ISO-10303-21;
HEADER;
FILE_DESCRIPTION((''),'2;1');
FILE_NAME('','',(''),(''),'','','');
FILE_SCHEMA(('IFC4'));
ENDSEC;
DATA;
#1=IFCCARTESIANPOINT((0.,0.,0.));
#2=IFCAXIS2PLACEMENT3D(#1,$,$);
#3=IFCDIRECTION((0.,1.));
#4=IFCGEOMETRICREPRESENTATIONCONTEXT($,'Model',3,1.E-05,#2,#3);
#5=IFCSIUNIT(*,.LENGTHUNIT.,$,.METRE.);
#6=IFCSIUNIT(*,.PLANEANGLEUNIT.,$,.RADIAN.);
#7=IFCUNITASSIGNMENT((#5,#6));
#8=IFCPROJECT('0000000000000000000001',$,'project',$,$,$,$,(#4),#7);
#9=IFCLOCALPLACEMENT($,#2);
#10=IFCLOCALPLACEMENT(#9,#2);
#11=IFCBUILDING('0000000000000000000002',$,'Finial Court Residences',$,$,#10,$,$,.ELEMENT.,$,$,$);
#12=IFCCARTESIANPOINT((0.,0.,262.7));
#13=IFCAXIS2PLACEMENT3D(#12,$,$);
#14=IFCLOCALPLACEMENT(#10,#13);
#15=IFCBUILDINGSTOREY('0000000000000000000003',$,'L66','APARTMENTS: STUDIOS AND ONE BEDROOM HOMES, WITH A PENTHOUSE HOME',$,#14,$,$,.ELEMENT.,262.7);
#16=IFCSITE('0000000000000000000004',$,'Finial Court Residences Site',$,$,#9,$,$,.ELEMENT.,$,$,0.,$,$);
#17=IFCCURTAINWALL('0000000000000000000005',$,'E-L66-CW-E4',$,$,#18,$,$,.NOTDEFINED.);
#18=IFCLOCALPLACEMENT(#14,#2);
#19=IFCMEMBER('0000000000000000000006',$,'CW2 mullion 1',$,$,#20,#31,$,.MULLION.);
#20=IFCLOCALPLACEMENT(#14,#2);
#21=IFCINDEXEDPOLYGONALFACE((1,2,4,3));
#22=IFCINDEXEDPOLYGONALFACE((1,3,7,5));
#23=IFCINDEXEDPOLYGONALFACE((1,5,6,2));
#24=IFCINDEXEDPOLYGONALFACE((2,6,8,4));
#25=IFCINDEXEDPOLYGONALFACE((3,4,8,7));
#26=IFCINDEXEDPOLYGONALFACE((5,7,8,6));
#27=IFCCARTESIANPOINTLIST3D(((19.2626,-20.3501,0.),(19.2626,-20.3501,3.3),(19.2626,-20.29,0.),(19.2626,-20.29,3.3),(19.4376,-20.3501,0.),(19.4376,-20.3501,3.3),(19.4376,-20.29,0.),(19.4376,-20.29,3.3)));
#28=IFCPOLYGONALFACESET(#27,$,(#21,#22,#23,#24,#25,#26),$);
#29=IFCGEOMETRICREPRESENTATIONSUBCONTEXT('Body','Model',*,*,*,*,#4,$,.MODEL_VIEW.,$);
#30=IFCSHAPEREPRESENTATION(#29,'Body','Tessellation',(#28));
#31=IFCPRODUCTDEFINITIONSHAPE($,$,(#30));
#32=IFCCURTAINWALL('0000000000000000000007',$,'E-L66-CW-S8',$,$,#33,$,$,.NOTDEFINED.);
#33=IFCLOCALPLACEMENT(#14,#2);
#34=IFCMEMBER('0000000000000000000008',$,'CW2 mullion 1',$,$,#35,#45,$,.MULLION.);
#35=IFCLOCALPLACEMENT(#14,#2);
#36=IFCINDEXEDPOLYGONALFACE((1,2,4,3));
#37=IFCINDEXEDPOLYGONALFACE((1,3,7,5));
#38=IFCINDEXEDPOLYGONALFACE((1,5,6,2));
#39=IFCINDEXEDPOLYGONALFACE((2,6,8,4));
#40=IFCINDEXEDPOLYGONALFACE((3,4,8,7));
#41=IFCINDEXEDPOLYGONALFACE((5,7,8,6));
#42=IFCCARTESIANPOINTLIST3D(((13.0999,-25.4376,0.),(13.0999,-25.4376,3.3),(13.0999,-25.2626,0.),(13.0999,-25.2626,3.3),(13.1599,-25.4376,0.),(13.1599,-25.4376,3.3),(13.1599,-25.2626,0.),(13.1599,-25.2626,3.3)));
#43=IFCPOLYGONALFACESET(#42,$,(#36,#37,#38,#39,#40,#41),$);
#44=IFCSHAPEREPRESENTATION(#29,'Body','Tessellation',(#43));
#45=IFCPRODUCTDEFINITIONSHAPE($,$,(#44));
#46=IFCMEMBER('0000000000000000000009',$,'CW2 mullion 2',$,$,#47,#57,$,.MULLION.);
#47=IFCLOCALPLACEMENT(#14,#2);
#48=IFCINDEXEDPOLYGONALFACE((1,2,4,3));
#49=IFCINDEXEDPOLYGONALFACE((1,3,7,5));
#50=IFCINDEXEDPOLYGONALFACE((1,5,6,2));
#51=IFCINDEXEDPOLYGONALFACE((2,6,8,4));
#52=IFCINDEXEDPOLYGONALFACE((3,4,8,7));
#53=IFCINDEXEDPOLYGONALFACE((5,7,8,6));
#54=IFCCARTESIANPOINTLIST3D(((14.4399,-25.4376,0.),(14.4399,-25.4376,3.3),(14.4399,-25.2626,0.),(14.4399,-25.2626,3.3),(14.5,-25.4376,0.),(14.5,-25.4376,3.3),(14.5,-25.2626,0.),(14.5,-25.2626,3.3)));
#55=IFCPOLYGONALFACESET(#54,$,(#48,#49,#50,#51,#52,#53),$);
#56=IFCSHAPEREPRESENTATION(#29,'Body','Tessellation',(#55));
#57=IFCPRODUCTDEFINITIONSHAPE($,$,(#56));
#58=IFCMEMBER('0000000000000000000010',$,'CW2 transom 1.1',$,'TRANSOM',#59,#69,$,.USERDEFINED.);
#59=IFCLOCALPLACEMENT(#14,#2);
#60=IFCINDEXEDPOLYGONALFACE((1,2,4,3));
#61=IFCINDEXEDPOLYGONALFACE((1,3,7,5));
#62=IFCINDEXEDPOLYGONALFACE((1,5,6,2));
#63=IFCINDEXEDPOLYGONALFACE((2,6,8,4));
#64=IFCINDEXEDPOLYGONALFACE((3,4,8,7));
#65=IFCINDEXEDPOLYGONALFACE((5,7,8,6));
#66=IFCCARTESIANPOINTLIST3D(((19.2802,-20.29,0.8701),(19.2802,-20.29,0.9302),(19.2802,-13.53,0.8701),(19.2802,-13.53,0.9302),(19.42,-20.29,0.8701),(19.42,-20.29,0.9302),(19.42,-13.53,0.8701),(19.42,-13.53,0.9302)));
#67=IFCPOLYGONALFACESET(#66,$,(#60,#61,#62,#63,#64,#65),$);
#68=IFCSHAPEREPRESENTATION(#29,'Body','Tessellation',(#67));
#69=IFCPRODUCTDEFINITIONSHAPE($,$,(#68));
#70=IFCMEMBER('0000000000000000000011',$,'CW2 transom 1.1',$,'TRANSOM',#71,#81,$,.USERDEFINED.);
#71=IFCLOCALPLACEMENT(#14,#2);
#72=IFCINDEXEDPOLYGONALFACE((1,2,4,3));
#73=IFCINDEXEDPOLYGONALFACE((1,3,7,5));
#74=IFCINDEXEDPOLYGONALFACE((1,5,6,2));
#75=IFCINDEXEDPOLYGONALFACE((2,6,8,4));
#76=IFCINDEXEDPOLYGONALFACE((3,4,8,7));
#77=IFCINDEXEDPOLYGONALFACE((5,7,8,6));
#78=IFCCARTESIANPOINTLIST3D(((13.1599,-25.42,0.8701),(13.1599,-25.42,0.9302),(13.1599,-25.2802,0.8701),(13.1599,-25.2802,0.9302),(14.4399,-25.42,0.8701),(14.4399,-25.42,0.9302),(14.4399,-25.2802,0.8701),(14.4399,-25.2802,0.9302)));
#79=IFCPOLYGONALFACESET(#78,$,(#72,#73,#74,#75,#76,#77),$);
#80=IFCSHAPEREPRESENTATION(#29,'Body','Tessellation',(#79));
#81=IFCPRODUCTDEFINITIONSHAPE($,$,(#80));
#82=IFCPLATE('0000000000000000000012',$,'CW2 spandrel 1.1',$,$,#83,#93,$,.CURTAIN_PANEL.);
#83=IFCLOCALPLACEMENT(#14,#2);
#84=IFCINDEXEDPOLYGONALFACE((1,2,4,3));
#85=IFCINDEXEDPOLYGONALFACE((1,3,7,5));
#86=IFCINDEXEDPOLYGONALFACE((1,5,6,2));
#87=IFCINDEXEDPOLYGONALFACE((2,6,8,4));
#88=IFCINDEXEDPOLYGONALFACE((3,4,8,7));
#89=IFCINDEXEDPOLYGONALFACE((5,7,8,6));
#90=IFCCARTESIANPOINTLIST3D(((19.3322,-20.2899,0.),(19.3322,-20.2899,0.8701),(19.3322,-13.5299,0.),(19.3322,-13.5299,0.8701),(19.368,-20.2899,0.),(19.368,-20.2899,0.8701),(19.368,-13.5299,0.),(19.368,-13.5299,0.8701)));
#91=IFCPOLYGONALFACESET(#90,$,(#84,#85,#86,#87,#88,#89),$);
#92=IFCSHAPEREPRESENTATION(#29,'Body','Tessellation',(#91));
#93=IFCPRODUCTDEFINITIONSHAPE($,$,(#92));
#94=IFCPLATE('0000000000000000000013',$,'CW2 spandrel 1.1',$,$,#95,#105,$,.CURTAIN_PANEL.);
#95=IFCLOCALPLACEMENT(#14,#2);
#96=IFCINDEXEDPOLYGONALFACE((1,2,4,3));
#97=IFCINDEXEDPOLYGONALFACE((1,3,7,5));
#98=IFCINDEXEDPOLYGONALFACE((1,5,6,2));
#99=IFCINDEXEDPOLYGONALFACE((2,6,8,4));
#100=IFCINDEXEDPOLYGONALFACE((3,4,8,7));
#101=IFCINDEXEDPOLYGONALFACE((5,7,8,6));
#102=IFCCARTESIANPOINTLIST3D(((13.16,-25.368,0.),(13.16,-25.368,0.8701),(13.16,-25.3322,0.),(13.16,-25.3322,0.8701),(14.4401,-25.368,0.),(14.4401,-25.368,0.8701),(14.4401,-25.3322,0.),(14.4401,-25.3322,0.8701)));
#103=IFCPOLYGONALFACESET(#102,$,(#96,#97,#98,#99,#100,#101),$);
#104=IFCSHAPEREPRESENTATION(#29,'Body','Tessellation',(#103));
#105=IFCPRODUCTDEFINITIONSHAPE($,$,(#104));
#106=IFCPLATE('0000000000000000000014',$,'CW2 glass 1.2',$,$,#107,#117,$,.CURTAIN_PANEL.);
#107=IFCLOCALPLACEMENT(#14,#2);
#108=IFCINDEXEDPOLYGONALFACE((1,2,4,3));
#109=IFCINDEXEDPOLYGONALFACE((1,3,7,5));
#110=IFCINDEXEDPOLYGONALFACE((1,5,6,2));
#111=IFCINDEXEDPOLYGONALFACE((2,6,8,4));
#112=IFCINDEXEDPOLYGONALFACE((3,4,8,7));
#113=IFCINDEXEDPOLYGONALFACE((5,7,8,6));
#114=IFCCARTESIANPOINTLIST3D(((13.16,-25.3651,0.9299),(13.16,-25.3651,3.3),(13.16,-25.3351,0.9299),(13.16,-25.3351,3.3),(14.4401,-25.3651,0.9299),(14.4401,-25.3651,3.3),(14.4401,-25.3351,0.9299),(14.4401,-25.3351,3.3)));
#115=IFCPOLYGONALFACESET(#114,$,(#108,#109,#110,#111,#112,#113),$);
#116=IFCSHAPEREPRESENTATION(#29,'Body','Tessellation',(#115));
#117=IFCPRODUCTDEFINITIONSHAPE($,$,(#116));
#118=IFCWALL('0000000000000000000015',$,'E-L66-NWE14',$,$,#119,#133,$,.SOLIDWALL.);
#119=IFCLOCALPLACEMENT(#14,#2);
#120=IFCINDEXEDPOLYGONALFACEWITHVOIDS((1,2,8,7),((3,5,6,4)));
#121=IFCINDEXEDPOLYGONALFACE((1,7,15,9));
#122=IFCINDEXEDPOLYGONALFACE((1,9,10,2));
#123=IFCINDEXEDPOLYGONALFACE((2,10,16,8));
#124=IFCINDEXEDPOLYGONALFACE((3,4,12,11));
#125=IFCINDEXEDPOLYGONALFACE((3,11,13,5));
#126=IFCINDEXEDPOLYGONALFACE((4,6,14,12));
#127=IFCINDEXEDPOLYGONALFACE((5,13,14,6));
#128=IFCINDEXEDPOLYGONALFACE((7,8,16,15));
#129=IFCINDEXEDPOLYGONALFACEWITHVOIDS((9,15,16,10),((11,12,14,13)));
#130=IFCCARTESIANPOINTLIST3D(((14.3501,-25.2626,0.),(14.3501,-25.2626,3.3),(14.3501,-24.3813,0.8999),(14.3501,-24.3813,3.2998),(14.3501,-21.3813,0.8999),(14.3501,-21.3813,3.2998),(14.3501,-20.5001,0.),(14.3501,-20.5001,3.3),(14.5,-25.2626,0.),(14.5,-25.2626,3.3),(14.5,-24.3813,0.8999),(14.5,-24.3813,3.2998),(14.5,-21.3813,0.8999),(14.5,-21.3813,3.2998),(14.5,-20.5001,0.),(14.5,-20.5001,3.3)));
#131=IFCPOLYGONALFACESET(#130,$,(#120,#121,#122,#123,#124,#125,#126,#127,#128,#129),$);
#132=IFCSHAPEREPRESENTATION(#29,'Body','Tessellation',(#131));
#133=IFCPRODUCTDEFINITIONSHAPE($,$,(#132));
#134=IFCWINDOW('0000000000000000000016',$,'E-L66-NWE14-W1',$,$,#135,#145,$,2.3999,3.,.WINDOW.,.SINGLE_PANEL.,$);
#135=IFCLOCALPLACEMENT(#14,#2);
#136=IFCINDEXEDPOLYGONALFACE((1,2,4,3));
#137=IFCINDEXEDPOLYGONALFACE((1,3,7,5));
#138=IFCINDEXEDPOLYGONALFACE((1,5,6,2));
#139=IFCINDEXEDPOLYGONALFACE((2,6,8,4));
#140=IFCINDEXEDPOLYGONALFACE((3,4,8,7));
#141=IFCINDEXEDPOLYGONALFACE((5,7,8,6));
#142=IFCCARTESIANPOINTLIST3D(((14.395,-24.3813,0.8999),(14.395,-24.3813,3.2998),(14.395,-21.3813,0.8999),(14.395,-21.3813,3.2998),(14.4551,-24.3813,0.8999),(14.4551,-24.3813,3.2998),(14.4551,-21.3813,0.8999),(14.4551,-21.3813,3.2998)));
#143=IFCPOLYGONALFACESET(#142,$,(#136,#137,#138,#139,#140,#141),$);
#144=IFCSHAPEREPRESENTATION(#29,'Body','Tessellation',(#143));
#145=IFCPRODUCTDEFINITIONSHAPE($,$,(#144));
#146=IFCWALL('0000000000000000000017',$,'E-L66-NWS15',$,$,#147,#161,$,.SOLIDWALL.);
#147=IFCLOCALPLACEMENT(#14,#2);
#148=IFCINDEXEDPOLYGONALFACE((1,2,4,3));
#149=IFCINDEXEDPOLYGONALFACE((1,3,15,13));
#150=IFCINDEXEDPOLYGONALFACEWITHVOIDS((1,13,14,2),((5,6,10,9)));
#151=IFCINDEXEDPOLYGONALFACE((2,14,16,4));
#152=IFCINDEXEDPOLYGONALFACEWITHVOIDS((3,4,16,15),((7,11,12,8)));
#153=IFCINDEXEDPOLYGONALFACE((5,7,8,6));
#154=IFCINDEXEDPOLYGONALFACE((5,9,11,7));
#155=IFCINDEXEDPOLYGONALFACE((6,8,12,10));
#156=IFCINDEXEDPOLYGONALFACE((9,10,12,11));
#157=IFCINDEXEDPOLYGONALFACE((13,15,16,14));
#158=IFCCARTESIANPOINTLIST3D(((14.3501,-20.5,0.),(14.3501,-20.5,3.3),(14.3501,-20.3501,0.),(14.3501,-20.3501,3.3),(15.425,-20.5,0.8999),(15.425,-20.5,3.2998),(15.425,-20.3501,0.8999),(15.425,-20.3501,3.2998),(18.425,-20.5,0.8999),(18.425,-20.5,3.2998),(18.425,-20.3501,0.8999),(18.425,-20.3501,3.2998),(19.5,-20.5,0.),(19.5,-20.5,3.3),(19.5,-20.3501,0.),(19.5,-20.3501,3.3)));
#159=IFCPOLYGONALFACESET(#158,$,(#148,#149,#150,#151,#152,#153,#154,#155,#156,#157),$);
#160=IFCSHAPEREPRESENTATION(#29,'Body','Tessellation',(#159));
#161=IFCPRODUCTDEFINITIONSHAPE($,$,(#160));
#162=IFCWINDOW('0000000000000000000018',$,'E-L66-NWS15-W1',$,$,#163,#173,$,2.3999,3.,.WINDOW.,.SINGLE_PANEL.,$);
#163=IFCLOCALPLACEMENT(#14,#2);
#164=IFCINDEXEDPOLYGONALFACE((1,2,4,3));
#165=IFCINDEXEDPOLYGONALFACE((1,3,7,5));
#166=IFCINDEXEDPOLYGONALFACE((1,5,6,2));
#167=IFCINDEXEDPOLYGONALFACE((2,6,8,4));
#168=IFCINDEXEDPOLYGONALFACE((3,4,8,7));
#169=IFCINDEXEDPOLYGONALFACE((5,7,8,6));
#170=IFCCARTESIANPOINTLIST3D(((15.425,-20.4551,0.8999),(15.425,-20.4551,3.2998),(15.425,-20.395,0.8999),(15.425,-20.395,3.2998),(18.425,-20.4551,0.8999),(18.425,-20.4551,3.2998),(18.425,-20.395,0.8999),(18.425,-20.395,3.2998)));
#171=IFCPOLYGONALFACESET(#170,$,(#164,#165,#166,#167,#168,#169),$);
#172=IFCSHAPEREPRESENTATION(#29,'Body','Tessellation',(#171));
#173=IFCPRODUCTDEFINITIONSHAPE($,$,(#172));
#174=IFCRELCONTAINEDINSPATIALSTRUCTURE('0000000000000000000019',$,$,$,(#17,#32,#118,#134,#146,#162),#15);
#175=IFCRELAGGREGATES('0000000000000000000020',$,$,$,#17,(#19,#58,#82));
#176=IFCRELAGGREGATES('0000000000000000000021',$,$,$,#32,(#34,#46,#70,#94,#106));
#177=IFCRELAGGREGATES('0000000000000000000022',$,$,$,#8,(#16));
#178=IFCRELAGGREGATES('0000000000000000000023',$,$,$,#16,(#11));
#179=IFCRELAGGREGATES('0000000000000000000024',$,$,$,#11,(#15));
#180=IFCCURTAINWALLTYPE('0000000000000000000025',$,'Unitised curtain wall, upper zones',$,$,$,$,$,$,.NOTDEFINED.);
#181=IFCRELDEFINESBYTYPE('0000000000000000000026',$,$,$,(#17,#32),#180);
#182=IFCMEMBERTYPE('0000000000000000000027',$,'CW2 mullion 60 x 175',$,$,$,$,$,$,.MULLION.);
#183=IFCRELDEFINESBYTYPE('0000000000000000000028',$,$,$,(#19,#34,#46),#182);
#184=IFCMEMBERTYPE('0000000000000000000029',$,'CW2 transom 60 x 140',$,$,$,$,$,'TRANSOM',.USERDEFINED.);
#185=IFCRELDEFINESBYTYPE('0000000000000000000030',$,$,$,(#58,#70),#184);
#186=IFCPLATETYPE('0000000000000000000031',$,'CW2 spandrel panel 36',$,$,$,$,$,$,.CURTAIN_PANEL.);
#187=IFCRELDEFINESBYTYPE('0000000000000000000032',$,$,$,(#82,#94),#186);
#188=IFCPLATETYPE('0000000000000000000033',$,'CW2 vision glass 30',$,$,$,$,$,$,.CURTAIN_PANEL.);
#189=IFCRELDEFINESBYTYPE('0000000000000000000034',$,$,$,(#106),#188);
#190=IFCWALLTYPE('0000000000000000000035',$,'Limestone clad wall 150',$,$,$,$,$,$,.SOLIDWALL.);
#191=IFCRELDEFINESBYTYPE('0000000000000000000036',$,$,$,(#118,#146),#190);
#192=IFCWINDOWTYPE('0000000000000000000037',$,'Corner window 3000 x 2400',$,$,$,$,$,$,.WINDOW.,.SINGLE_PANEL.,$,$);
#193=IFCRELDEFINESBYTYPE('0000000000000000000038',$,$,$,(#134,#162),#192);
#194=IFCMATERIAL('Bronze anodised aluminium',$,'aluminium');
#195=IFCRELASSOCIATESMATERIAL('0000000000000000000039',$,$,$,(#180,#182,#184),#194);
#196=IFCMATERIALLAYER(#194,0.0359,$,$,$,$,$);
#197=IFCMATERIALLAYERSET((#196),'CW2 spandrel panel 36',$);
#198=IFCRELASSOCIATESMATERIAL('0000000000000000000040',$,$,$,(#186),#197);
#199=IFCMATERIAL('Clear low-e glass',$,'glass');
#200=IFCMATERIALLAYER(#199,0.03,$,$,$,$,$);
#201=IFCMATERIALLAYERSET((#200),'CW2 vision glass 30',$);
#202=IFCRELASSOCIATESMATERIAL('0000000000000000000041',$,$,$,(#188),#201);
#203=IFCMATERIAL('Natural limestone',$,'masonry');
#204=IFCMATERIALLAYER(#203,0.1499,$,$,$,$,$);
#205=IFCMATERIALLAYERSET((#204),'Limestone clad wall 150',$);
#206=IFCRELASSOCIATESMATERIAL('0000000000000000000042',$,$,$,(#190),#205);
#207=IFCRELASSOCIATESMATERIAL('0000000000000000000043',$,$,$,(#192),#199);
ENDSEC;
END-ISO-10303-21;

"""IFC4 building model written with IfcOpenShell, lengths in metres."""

from ifc_helpers import new_model, si_unit, direction, frame, frame_2d, origin, origin_2d, place, context, subcontext, project, spatial, rectangle, extrude, material, layer, layer_set, material_profile, profile_set, type_object, element, fill, aggregate, save


model = new_model("IFC4")

# Units and contexts
model_context = context("Model", 3, precision=1e-05, world=origin(), true_north=direction((0.0, 1.0)))
body_context = subcontext(model_context, "Body", "Model", "MODEL_VIEW")
ifc_project = project(units=[si_unit("LENGTHUNIT", "METRE"), si_unit("PLANEANGLEUNIT", "RADIAN")], contexts=[model_context])

# Site, building, storey
site_placement = place(None, origin())
site = spatial("IfcSite", under=ifc_project, at=site_placement, Name="Finial Court Residences Site", CompositionType="ELEMENT", RefElevation=0.0)
building_placement = place(site_placement, origin())
building = spatial("IfcBuilding", under=site, at=building_placement, Name="Finial Court Residences", CompositionType="ELEMENT")
storey_placement = place(building_placement, frame((0.0, 0.0, 262.7)))
storey = spatial("IfcBuildingStorey", under=building, at=storey_placement, Name="L66", Description="APARTMENTS: STUDIOS AND ONE BEDROOM HOMES, WITH A PENTHOUSE HOME", CompositionType="ELEMENT", Elevation=262.7)

# Curtain wall, member
ifc_material_1 = material(Name="Bronze anodised aluminium", Category="aluminium")
curtain_wall_type = type_object("IfcCurtainWallType", Name="Unitised curtain wall, upper zones", PredefinedType="NOTDEFINED", material=ifc_material_1)
curtain_wall_1_placement = place(storey_placement, origin())
curtain_wall_1 = element("IfcCurtainWall", 1, at=curtain_wall_1_placement, inside=storey, type_object=curtain_wall_type, Name="E-L66-CW-E4", PredefinedType="NOTDEFINED")
ifc_material_profile_1 = material_profile(ifc_material_1, rectangle(XDim=0.175, YDim=0.0601, at=origin_2d()), Name="CW2 mullion 60 x 175")
ifc_profile_set_1 = profile_set([ifc_material_profile_1], Name="Bronze anodised aluminium")
member_type_1 = type_object("IfcMemberType", Name="CW2 mullion 60 x 175", PredefinedType="MULLION", material=ifc_profile_set_1)
member_1_placement = place(storey_placement, frame((19.3501, -20.3201, 0.0), z_axis=(0.0, 0.0, 1.0), x_axis=(-1.0, 0.0, 0.0)))
member_1 = element("IfcMember", 2, at=member_1_placement, type_object=member_type_1, Name="CW2 mullion 1", PredefinedType="MULLION", context=body_context, shape_type="SweptSolid", body=[
    extrude(rectangle(XDim=0.175, YDim=0.0601, at=origin_2d()), origin(), (0.0, 0.0, 1.0), 3.3),
])

# Curtain wall, members
curtain_wall_2_placement = place(storey_placement, origin())
curtain_wall_2 = element("IfcCurtainWall", 3, at=curtain_wall_2_placement, inside=storey, type_object=curtain_wall_type, Name="E-L66-CW-S8", PredefinedType="NOTDEFINED")
member_2_placement = place(storey_placement, frame((13.1299, -25.3501, 0.0), z_axis=(0.0, 0.0, 1.0), x_axis=(0.0, 1.0, 0.0)))
member_2 = element("IfcMember", 4, at=member_2_placement, type_object=member_type_1, Name="CW2 mullion 1", PredefinedType="MULLION", context=body_context, shape_type="SweptSolid", body=[
    extrude(rectangle(XDim=0.175, YDim=0.0601, at=origin_2d()), origin(), (0.0, 0.0, 1.0), 3.3),
])
member_3_placement = place(storey_placement, frame((14.47, -25.3501, 0.0), z_axis=(0.0, 0.0, 1.0), x_axis=(0.0, 1.0, 0.0)))
member_3 = element("IfcMember", 5, at=member_3_placement, type_object=member_type_1, Name="CW2 mullion 2", PredefinedType="MULLION", context=body_context, shape_type="SweptSolid", body=[
    extrude(rectangle(XDim=0.175, YDim=0.0601, at=origin_2d()), origin(), (0.0, 0.0, 1.0), 3.3),
])

# Members
ifc_material_profile_2 = material_profile(ifc_material_1, rectangle(XDim=0.1399, YDim=0.0601, at=origin_2d()), Name="CW2 transom 60 x 140")
ifc_profile_set_2 = profile_set([ifc_material_profile_2], Name="Bronze anodised aluminium")
member_type_2 = type_object("IfcMemberType", Name="CW2 transom 60 x 140", ElementType="TRANSOM", PredefinedType="USERDEFINED", material=ifc_profile_set_2)
member_4_placement = place(storey_placement, frame((19.3501, -20.29, 0.9001), z_axis=(0.0, 1.0, 0.0), x_axis=(-1.0, 0.0, 0.0)))
member_4 = element("IfcMember", 6, at=member_4_placement, type_object=member_type_2, Name="CW2 transom 1.1", ObjectType="TRANSOM", PredefinedType="USERDEFINED", context=body_context, shape_type="SweptSolid", body=[
    extrude(rectangle(XDim=0.1399, YDim=0.0601, at=origin_2d()), origin(), (0.0, 0.0, 1.0), 6.76),
])
member_5_placement = place(storey_placement, frame((13.1599, -25.3501, 0.9001), z_axis=(1.0, 0.0, 0.0), x_axis=(0.0, 1.0, 0.0)))
member_5 = element("IfcMember", 7, at=member_5_placement, type_object=member_type_2, Name="CW2 transom 1.1", ObjectType="TRANSOM", PredefinedType="USERDEFINED", context=body_context, shape_type="SweptSolid", body=[
    extrude(rectangle(XDim=0.1399, YDim=0.0601, at=origin_2d()), origin(), (0.0, 0.0, 1.0), 1.28),
])

# Plates
ifc_layer_1 = layer(ifc_material_1, 0.0359)
ifc_layer_set_1 = layer_set([ifc_layer_1], Name="CW2 spandrel panel 36")
plate_type_1 = type_object("IfcPlateType", Name="CW2 spandrel panel 36", PredefinedType="CURTAIN_PANEL", material=ifc_layer_set_1)
plate_1_placement = place(storey_placement, frame((19.3501, -16.9099, 0.0), z_axis=(0.0, 0.0, 1.0), x_axis=(0.0, 1.0, 0.0)))
plate_1 = element("IfcPlate", 8, at=plate_1_placement, type_object=plate_type_1, Name="CW2 spandrel 1.1", PredefinedType="CURTAIN_PANEL", context=body_context, shape_type="SweptSolid", body=[
    extrude(rectangle(XDim=6.76, YDim=0.0359, at=origin_2d()), origin(), (0.0, 0.0, 1.0), 0.8701),
])
aggregate(curtain_wall_1, [member_1, member_4, plate_1])
plate_2_placement = place(storey_placement, frame((13.8, -25.3501, 0.0), z_axis=(0.0, 0.0, 1.0), x_axis=(1.0, 0.0, 0.0)))
plate_2 = element("IfcPlate", 9, at=plate_2_placement, type_object=plate_type_1, Name="CW2 spandrel 1.1", PredefinedType="CURTAIN_PANEL", context=body_context, shape_type="SweptSolid", body=[
    extrude(rectangle(XDim=1.28, YDim=0.0359, at=origin_2d()), origin(), (0.0, 0.0, 1.0), 0.8701),
])
ifc_material_2 = material(Name="Clear low-e glass", Category="glass")
ifc_layer_2 = layer(ifc_material_2, 0.03)
ifc_layer_set_2 = layer_set([ifc_layer_2], Name="CW2 vision glass 30")
plate_type_2 = type_object("IfcPlateType", Name="CW2 vision glass 30", PredefinedType="CURTAIN_PANEL", material=ifc_layer_set_2)
plate_3_placement = place(storey_placement, frame((13.8, -25.3501, 0.9299), z_axis=(0.0, 0.0, 1.0), x_axis=(1.0, 0.0, 0.0)))
plate_3 = element("IfcPlate", 10, at=plate_3_placement, type_object=plate_type_2, Name="CW2 glass 1.2", PredefinedType="CURTAIN_PANEL", context=body_context, shape_type="SweptSolid", body=[
    extrude(rectangle(XDim=1.28, YDim=0.03, at=origin_2d()), origin(), (0.0, 0.0, 1.0), 2.3701),
])
aggregate(curtain_wall_2, [member_2, member_3, member_5, plate_2, plate_3])

# Walls, openings, windows
ifc_material_3 = material(Name="Natural limestone", Category="masonry")
ifc_layer_3 = layer(ifc_material_3, 0.1499)
ifc_layer_set_3 = layer_set([ifc_layer_3], Name="Limestone clad wall 150")
wall_type = type_object("IfcWallType", Name="Limestone clad wall 150", PredefinedType="SOLIDWALL", material=ifc_layer_set_3)
wall_1_placement = place(storey_placement, frame((14.425, -20.5, 0.0), z_axis=(0.0, 0.0, 1.0), x_axis=(0.0, -1.0, 0.0)))
wall_1 = element("IfcWall", 11, at=wall_1_placement, inside=storey, type_object=wall_type, Name="E-L66-NWE14", PredefinedType="SOLIDWALL", context=body_context, shape_type="SweptSolid", body=[
    extrude(rectangle(XDim=4.7625, YDim=0.1499, at=frame_2d((2.3813, 0.0))), origin(), (0.0, 0.0, 1.0), 3.3),
])
opening_1_placement = place(wall_1_placement, frame((0.8813, 0.0, 0.8999)))
opening_1 = element("IfcOpeningElement", 12, at=opening_1_placement, cuts=wall_1, PredefinedType="OPENING", context=body_context, shape_type="SweptSolid", body=[
    extrude(rectangle(XDim=3.0, YDim=2.3999, at=frame_2d((1.5, 1.2))), frame((0.0, 0.085, 0.0), z_axis=(0.0, -1.0, 0.0), x_axis=(1.0, 0.0, 0.0)), (0.0, 0.0, 1.0), 0.1699),
])
window_type = type_object("IfcWindowType", Name="Corner window 3000 x 2400", PartitioningType="SINGLE_PANEL", PredefinedType="WINDOW", material=ifc_material_2)
window_1_placement = place(opening_1_placement, origin())
window_1 = element("IfcWindow", 13, at=window_1_placement, inside=storey, type_object=window_type, Name="E-L66-NWE14-W1", OverallHeight=2.3999, OverallWidth=3.0, PartitioningType="SINGLE_PANEL", PredefinedType="WINDOW", context=body_context, shape_type="SweptSolid", body=[
    extrude(rectangle(XDim=3.0, YDim=2.3999, at=frame_2d((1.5, 1.2))), frame((0.0, 0.03, 0.0), z_axis=(0.0, -1.0, 0.0), x_axis=(1.0, 0.0, 0.0)), (0.0, 0.0, 1.0), 0.0601),
])
fill(opening_1, window_1)
wall_2_placement = place(storey_placement, frame((19.5, -20.425, 0.0), z_axis=(0.0, 0.0, 1.0), x_axis=(-1.0, 0.0, 0.0)))
wall_2 = element("IfcWall", 14, at=wall_2_placement, inside=storey, type_object=wall_type, Name="E-L66-NWS15", PredefinedType="SOLIDWALL", context=body_context, shape_type="SweptSolid", body=[
    extrude(rectangle(XDim=5.1499, YDim=0.1499, at=frame_2d((2.575, 0.0))), origin(), (0.0, 0.0, 1.0), 3.3),
])
opening_2_placement = place(wall_2_placement, frame((1.075, 0.0, 0.8999)))
opening_2 = element("IfcOpeningElement", 15, at=opening_2_placement, cuts=wall_2, PredefinedType="OPENING", context=body_context, shape_type="SweptSolid", body=[
    extrude(rectangle(XDim=3.0, YDim=2.3999, at=frame_2d((1.5, 1.2))), frame((0.0, 0.085, 0.0), z_axis=(0.0, -1.0, 0.0), x_axis=(1.0, 0.0, 0.0)), (0.0, 0.0, 1.0), 0.1699),
])
window_2_placement = place(opening_2_placement, origin())
window_2 = element("IfcWindow", 16, at=window_2_placement, inside=storey, type_object=window_type, Name="E-L66-NWS15-W1", OverallHeight=2.3999, OverallWidth=3.0, PartitioningType="SINGLE_PANEL", PredefinedType="WINDOW", context=body_context, shape_type="SweptSolid", body=[
    extrude(rectangle(XDim=3.0, YDim=2.3999, at=frame_2d((1.5, 1.2))), frame((0.0, 0.03, 0.0), z_axis=(0.0, -1.0, 0.0), x_axis=(1.0, 0.0, 0.0)), (0.0, 0.0, 1.0), 0.0601),
])
fill(opening_2, window_2)

save(model, "model.ifc")
